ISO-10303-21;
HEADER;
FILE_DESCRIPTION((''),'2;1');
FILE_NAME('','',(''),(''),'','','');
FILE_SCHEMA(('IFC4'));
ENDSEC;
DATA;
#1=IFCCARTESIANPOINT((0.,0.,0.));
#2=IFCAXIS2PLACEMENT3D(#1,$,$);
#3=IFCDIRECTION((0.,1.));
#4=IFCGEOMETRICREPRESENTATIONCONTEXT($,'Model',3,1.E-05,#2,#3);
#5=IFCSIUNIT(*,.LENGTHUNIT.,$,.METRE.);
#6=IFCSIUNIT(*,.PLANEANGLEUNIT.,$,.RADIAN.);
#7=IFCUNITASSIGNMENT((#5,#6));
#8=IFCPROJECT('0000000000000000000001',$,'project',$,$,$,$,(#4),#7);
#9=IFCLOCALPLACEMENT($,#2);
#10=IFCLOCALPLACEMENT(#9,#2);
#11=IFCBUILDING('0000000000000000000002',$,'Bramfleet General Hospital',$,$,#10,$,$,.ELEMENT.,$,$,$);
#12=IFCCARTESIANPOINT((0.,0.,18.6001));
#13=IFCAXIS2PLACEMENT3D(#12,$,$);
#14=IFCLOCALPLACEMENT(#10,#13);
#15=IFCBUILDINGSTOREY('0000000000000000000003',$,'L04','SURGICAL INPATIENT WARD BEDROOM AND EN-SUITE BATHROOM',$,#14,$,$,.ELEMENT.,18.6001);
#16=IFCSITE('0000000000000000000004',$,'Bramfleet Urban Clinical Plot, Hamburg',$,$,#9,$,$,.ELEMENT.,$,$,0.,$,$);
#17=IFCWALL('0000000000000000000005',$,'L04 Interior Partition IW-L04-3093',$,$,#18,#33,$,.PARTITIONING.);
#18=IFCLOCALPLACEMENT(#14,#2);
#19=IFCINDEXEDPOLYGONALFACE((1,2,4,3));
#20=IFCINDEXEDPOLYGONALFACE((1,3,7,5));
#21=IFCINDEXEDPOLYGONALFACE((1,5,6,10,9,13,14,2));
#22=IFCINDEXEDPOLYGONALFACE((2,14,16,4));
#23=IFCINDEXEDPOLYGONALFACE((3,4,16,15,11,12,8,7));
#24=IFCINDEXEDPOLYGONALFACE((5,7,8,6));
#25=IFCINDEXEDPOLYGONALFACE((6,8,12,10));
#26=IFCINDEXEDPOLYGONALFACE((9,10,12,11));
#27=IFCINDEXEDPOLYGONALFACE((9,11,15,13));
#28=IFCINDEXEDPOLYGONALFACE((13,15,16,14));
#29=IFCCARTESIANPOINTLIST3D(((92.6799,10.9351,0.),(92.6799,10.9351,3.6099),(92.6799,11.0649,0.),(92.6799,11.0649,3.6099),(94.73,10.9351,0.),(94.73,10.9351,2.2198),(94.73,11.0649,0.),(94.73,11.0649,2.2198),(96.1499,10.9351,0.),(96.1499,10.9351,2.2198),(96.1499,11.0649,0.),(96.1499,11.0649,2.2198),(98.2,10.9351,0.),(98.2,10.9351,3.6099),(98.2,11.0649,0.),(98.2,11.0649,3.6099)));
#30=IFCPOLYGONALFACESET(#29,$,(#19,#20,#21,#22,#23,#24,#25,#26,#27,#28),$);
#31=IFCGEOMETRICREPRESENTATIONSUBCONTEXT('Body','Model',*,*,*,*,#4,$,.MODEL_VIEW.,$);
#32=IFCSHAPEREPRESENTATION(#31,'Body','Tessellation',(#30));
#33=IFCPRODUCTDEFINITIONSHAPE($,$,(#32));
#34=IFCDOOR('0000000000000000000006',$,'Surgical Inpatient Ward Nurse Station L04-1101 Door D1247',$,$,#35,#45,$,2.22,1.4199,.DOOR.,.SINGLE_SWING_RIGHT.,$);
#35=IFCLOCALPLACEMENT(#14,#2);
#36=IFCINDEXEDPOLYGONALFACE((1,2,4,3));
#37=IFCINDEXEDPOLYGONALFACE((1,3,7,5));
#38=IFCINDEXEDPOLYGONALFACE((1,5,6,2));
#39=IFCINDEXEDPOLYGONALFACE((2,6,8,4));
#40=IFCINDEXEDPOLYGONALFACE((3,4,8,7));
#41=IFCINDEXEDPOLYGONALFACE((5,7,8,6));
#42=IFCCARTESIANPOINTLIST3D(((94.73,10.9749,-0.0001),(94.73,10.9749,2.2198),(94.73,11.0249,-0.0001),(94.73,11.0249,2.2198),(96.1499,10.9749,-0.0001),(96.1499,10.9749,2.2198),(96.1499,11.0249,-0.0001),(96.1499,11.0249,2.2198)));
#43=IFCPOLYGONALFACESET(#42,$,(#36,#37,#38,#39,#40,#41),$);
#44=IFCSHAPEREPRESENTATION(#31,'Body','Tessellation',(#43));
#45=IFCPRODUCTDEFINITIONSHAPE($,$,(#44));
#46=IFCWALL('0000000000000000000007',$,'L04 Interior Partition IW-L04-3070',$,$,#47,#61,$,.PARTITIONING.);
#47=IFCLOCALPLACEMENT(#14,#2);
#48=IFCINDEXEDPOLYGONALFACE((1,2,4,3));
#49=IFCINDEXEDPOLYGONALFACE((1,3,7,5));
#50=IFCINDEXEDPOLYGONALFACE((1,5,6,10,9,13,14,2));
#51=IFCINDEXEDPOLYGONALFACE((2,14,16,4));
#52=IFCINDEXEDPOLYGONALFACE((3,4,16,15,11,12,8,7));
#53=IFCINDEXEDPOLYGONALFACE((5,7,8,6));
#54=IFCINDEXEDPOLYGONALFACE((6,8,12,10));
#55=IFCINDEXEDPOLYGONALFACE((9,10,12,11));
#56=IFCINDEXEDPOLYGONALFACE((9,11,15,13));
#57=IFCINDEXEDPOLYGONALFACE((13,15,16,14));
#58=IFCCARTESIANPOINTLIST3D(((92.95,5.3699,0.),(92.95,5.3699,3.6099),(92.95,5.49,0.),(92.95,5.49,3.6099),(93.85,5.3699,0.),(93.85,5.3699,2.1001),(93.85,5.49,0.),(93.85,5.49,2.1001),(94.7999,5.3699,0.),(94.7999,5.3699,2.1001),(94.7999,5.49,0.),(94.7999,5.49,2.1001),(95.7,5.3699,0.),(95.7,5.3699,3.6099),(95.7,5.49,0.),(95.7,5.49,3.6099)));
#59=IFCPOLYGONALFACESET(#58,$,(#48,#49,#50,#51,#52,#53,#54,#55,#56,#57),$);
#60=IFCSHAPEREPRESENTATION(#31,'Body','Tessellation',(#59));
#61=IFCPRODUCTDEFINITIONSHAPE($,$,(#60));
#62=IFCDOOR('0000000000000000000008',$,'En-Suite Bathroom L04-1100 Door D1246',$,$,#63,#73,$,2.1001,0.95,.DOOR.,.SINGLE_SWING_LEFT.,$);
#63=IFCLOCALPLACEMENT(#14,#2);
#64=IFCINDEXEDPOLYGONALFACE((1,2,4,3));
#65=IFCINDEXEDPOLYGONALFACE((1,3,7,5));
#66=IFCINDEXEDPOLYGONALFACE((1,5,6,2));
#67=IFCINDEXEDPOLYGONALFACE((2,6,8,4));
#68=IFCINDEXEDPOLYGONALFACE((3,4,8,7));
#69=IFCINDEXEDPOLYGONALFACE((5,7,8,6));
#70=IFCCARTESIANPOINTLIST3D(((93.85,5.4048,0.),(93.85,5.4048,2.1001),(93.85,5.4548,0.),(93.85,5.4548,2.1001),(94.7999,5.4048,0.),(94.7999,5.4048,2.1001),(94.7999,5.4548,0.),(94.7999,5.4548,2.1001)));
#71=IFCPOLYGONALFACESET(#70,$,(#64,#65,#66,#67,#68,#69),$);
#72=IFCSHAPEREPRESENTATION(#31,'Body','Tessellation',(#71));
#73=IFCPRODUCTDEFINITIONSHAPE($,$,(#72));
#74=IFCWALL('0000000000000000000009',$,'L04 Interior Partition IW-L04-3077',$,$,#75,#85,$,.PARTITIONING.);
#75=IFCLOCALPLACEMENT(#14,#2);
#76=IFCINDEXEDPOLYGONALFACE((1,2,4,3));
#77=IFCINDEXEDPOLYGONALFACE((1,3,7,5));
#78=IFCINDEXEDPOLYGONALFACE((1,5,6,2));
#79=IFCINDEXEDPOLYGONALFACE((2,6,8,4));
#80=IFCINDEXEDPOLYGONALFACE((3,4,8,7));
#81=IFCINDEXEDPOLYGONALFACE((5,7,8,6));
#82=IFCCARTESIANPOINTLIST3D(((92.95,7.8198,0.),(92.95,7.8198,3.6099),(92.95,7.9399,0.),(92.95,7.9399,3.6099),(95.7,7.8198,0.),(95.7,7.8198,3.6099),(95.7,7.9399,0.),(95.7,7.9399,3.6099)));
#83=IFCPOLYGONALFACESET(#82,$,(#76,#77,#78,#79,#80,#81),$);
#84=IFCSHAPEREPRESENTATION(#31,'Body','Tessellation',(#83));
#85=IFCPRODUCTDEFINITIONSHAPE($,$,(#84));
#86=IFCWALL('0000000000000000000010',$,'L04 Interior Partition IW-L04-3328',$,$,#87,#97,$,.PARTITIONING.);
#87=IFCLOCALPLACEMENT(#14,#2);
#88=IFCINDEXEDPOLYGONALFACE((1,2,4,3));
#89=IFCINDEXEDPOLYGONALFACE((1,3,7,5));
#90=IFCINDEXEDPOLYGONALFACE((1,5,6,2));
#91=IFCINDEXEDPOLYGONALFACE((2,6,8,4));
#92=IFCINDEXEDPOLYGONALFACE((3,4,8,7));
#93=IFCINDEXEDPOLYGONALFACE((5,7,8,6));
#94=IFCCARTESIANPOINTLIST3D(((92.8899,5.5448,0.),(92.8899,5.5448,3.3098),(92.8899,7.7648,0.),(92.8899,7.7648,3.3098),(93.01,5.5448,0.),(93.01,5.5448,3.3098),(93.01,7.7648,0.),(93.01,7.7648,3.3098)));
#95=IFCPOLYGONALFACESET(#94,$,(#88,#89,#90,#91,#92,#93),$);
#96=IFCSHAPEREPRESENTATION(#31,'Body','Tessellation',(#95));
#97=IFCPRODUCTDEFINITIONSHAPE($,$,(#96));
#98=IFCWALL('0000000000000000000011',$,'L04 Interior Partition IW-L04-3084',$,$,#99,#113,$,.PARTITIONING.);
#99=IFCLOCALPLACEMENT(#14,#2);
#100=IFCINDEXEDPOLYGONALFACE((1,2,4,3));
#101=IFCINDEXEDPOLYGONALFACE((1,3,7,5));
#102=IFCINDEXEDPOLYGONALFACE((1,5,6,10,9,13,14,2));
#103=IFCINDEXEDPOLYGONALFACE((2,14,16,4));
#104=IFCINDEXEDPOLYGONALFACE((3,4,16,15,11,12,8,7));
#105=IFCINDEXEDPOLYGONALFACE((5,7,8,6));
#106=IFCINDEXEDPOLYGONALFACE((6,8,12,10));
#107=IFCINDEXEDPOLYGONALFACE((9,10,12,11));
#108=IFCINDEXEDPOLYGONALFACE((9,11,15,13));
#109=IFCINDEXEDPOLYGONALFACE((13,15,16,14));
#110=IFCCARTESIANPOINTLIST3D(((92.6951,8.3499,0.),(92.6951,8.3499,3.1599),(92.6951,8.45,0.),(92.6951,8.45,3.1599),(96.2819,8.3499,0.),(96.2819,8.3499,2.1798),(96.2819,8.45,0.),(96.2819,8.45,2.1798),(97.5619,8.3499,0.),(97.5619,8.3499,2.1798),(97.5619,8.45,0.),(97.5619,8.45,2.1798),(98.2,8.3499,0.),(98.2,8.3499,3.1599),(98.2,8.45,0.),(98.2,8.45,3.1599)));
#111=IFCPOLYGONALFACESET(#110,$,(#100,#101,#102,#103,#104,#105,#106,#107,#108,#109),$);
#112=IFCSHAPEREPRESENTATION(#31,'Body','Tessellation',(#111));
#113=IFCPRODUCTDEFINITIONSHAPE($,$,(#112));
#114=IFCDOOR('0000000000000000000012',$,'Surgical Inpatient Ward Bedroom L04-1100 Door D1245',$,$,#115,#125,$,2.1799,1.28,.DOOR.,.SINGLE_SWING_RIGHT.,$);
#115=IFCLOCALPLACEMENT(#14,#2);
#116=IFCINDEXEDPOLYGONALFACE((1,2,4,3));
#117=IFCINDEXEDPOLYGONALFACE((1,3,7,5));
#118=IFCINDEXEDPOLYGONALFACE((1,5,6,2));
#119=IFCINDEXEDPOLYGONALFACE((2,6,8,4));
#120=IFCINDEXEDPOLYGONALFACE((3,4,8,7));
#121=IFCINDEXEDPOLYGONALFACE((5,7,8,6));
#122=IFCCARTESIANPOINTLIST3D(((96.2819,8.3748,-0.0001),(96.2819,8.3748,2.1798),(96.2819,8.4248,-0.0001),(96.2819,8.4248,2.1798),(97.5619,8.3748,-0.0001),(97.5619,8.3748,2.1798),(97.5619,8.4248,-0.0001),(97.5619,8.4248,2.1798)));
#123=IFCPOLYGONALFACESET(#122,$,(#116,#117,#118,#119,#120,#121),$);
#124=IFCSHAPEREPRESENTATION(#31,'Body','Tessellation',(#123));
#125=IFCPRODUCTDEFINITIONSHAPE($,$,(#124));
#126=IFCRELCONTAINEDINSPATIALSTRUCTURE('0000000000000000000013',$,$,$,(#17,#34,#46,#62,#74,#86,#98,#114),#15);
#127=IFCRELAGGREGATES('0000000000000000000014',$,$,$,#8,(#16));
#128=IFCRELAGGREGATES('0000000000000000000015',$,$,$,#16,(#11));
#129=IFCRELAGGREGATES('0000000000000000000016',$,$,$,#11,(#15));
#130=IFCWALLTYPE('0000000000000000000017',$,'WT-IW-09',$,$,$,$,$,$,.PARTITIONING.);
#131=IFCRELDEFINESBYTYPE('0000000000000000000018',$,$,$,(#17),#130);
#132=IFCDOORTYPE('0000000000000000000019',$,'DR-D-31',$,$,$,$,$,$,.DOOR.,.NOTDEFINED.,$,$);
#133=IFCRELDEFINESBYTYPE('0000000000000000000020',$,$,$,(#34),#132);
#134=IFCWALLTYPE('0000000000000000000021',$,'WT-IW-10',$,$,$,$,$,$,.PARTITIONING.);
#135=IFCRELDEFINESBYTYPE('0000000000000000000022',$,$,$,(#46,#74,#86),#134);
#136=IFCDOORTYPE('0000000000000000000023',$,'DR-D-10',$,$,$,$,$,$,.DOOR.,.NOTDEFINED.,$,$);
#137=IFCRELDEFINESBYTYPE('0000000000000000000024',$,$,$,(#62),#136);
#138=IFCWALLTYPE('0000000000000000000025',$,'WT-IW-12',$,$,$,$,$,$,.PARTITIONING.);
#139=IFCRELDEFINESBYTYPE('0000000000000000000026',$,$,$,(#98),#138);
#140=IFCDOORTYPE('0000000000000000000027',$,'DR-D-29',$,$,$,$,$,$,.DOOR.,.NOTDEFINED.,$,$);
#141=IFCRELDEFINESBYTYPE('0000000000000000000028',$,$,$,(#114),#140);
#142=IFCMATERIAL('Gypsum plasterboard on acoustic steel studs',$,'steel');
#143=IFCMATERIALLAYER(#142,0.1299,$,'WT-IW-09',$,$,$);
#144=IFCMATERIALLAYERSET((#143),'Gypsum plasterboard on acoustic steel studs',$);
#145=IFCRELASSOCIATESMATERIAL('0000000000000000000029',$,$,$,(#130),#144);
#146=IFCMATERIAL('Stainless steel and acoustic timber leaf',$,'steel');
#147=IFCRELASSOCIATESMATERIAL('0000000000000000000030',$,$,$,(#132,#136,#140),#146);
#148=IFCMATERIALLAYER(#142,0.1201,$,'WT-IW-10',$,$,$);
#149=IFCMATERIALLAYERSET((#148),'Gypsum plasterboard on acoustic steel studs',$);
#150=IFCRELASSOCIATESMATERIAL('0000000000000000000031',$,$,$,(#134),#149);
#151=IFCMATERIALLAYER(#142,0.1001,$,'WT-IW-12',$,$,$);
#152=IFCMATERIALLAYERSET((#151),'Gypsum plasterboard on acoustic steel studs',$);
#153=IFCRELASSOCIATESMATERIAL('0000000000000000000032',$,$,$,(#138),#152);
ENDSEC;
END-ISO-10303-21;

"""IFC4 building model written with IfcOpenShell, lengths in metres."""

from ifc_helpers import new_model, si_unit, direction, frame, frame_2d, origin, place, context, subcontext, project, spatial, rectangle, extrude, material, layer, layer_set, type_object, element, fill, save


model = new_model("IFC4")

# Units and contexts
model_context = context("Model", 3, precision=1e-05, world=origin(), true_north=direction((0.0, 1.0)))
body_context = subcontext(model_context, "Body", "Model", "MODEL_VIEW")
ifc_project = project(units=[si_unit("LENGTHUNIT", "METRE"), si_unit("PLANEANGLEUNIT", "RADIAN")], contexts=[model_context])

# Site, building, storey
site_placement = place(None, origin())
site = spatial("IfcSite", under=ifc_project, at=site_placement, Name="Bramfleet Urban Clinical Plot, Hamburg", CompositionType="ELEMENT", RefElevation=0.0)
building_placement = place(site_placement, origin())
building = spatial("IfcBuilding", under=site, at=building_placement, Name="Bramfleet General Hospital", CompositionType="ELEMENT")
storey_placement = place(building_placement, frame((0.0, 0.0, 18.6001)))
storey = spatial("IfcBuildingStorey", under=building, at=storey_placement, Name="L04", Description="SURGICAL INPATIENT WARD BEDROOM AND EN-SUITE BATHROOM", CompositionType="ELEMENT", Elevation=18.6001)

# Shared definitions
ifc_material_1 = material(Name="Gypsum plasterboard on acoustic steel studs", Category="steel")

# Walls, openings, doors
ifc_layer_1 = layer(ifc_material_1, 0.1299, Name="WT-IW-09")
ifc_layer_set_1 = layer_set([ifc_layer_1], Name="Gypsum plasterboard on acoustic steel studs")
wall_type_1 = type_object("IfcWallType", Name="WT-IW-09", PredefinedType="PARTITIONING", material=ifc_layer_set_1)
wall_1_placement = place(storey_placement, frame((92.6799, 11.0, 0.0), z_axis=(0.0, 0.0, 1.0), x_axis=(1.0, 0.0, 0.0)))
wall_1 = element("IfcWall", 1, at=wall_1_placement, inside=storey, type_object=wall_type_1, Name="L04 Interior Partition IW-L04-3093", PredefinedType="PARTITIONING", context=body_context, shape_type="SweptSolid", body=[
    extrude(rectangle(XDim=5.52, YDim=0.1299, at=frame_2d((2.76, 0.0))), origin(), (0.0, 0.0, 1.0), 3.6099),
])
opening_1_placement = place(wall_1_placement, frame((2.05, 0.0, 0.0)))
opening_1 = element("IfcOpeningElement", 2, at=opening_1_placement, cuts=wall_1, PredefinedType="OPENING", context=body_context, shape_type="SweptSolid", body=[
    extrude(rectangle(XDim=1.4199, YDim=2.22, at=frame_2d((0.71, 1.1099))), frame((0.0, 0.075, 0.0), z_axis=(0.0, -1.0, 0.0), x_axis=(1.0, 0.0, 0.0)), (0.0, 0.0, 1.0), 0.1499),
])
ifc_material_2 = material(Name="Stainless steel and acoustic timber leaf", Category="steel")
door_type_1 = type_object("IfcDoorType", Name="DR-D-31", OperationType="NOTDEFINED", PredefinedType="DOOR", material=ifc_material_2)
door_1_placement = place(opening_1_placement, origin())
door_1 = element("IfcDoor", 3, at=door_1_placement, inside=storey, type_object=door_type_1, Name="Surgical Inpatient Ward Nurse Station L04-1101 Door D1247", OperationType="SINGLE_SWING_RIGHT", OverallHeight=2.22, OverallWidth=1.4199, PredefinedType="DOOR", context=body_context, shape_type="SweptSolid", body=[
    extrude(rectangle(XDim=1.4199, YDim=2.22, at=frame_2d((0.71, 1.1099))), frame((0.0, 0.0249, 0.0), z_axis=(0.0, -1.0, 0.0), x_axis=(1.0, 0.0, 0.0)), (0.0, 0.0, 1.0), 0.05),
])
fill(opening_1, door_1)
ifc_layer_2 = layer(ifc_material_1, 0.1201, Name="WT-IW-10")
ifc_layer_set_2 = layer_set([ifc_layer_2], Name="Gypsum plasterboard on acoustic steel studs")
wall_type_2 = type_object("IfcWallType", Name="WT-IW-10", PredefinedType="PARTITIONING", material=ifc_layer_set_2)
wall_2_placement = place(storey_placement, frame((92.95, 5.4299, 0.0), z_axis=(0.0, 0.0, 1.0), x_axis=(1.0, 0.0, 0.0)))
wall_2 = element("IfcWall", 4, at=wall_2_placement, inside=storey, type_object=wall_type_2, Name="L04 Interior Partition IW-L04-3070", PredefinedType="PARTITIONING", context=body_context, shape_type="SweptSolid", body=[
    extrude(rectangle(XDim=2.75, YDim=0.1201, at=frame_2d((1.375, 0.0))), origin(), (0.0, 0.0, 1.0), 3.6099),
])
opening_2_placement = place(wall_2_placement, frame((0.8999, 0.0, 0.0)))
opening_2 = element("IfcOpeningElement", 5, at=opening_2_placement, cuts=wall_2, PredefinedType="OPENING", context=body_context, shape_type="SweptSolid", body=[
    extrude(rectangle(XDim=0.95, YDim=2.1001, at=frame_2d((0.4751, 1.05))), frame((0.0, 0.0701, 0.0), z_axis=(0.0, -1.0, 0.0), x_axis=(1.0, 0.0, 0.0)), (0.0, 0.0, 1.0), 0.1401),
])
door_type_2 = type_object("IfcDoorType", Name="DR-D-10", OperationType="NOTDEFINED", PredefinedType="DOOR", material=ifc_material_2)
door_2_placement = place(opening_2_placement, origin())
door_2 = element("IfcDoor", 6, at=door_2_placement, inside=storey, type_object=door_type_2, Name="En-Suite Bathroom L04-1100 Door D1246", OperationType="SINGLE_SWING_LEFT", OverallHeight=2.1001, OverallWidth=0.95, PredefinedType="DOOR", context=body_context, shape_type="SweptSolid", body=[
    extrude(rectangle(XDim=0.95, YDim=2.1001, at=frame_2d((0.4751, 1.05))), frame((0.0, 0.0249, 0.0), z_axis=(0.0, -1.0, 0.0), x_axis=(1.0, 0.0, 0.0)), (0.0, 0.0, 1.0), 0.05),
])
fill(opening_2, door_2)

# Walls
wall_3_placement = place(storey_placement, frame((92.95, 7.8799, 0.0), z_axis=(0.0, 0.0, 1.0), x_axis=(1.0, 0.0, 0.0)))
element("IfcWall", 7, at=wall_3_placement, inside=storey, type_object=wall_type_2, Name="L04 Interior Partition IW-L04-3077", PredefinedType="PARTITIONING", context=body_context, shape_type="SweptSolid", body=[
    extrude(rectangle(XDim=2.75, YDim=0.1201, at=frame_2d((1.375, 0.0))), origin(), (0.0, 0.0, 1.0), 3.6099),
])
wall_4_placement = place(storey_placement, frame((92.95, 5.5449, 0.0), z_axis=(0.0, 0.0, 1.0), x_axis=(0.0, 1.0, 0.0)))
element("IfcWall", 8, at=wall_4_placement, inside=storey, type_object=wall_type_2, Name="L04 Interior Partition IW-L04-3328", PredefinedType="PARTITIONING", context=body_context, shape_type="SweptSolid", body=[
    extrude(rectangle(XDim=2.22, YDim=0.1201, at=frame_2d((1.1099, 0.0))), origin(), (0.0, 0.0, 1.0), 3.3098),
])

# Wall, opening, door
ifc_layer_3 = layer(ifc_material_1, 0.1001, Name="WT-IW-12")
ifc_layer_set_3 = layer_set([ifc_layer_3], Name="Gypsum plasterboard on acoustic steel studs")
wall_type_3 = type_object("IfcWallType", Name="WT-IW-12", PredefinedType="PARTITIONING", material=ifc_layer_set_3)
wall_5_placement = place(storey_placement, frame((92.6951, 8.3999, 0.0), z_axis=(0.0, 0.0, 1.0), x_axis=(1.0, 0.0, 0.0)))
wall_5 = element("IfcWall", 9, at=wall_5_placement, inside=storey, type_object=wall_type_3, Name="L04 Interior Partition IW-L04-3084", PredefinedType="PARTITIONING", context=body_context, shape_type="SweptSolid", body=[
    extrude(rectangle(XDim=5.5049, YDim=0.1001, at=frame_2d((2.7524, 0.0))), origin(), (0.0, 0.0, 1.0), 3.1599),
])
opening_3_placement = place(wall_5_placement, frame((3.5867, 0.0, 0.0)))
opening_3 = element("IfcOpeningElement", 10, at=opening_3_placement, cuts=wall_5, PredefinedType="OPENING", context=body_context, shape_type="SweptSolid", body=[
    extrude(rectangle(XDim=1.28, YDim=2.1799, at=frame_2d((0.6401, 1.0898))), frame((0.0, 0.0601, 0.0), z_axis=(0.0, -1.0, 0.0), x_axis=(1.0, 0.0, 0.0)), (0.0, 0.0, 1.0), 0.1201),
])
door_type_3 = type_object("IfcDoorType", Name="DR-D-29", OperationType="NOTDEFINED", PredefinedType="DOOR", material=ifc_material_2)
door_3_placement = place(opening_3_placement, origin())
door_3 = element("IfcDoor", 11, at=door_3_placement, inside=storey, type_object=door_type_3, Name="Surgical Inpatient Ward Bedroom L04-1100 Door D1245", OperationType="SINGLE_SWING_RIGHT", OverallHeight=2.1799, OverallWidth=1.28, PredefinedType="DOOR", context=body_context, shape_type="SweptSolid", body=[
    extrude(rectangle(XDim=1.28, YDim=2.1799, at=frame_2d((0.6401, 1.0898))), frame((0.0, 0.0249, 0.0), z_axis=(0.0, -1.0, 0.0), x_axis=(1.0, 0.0, 0.0)), (0.0, 0.0, 1.0), 0.05),
])
fill(opening_3, door_3)

save(model, "model.ifc")
